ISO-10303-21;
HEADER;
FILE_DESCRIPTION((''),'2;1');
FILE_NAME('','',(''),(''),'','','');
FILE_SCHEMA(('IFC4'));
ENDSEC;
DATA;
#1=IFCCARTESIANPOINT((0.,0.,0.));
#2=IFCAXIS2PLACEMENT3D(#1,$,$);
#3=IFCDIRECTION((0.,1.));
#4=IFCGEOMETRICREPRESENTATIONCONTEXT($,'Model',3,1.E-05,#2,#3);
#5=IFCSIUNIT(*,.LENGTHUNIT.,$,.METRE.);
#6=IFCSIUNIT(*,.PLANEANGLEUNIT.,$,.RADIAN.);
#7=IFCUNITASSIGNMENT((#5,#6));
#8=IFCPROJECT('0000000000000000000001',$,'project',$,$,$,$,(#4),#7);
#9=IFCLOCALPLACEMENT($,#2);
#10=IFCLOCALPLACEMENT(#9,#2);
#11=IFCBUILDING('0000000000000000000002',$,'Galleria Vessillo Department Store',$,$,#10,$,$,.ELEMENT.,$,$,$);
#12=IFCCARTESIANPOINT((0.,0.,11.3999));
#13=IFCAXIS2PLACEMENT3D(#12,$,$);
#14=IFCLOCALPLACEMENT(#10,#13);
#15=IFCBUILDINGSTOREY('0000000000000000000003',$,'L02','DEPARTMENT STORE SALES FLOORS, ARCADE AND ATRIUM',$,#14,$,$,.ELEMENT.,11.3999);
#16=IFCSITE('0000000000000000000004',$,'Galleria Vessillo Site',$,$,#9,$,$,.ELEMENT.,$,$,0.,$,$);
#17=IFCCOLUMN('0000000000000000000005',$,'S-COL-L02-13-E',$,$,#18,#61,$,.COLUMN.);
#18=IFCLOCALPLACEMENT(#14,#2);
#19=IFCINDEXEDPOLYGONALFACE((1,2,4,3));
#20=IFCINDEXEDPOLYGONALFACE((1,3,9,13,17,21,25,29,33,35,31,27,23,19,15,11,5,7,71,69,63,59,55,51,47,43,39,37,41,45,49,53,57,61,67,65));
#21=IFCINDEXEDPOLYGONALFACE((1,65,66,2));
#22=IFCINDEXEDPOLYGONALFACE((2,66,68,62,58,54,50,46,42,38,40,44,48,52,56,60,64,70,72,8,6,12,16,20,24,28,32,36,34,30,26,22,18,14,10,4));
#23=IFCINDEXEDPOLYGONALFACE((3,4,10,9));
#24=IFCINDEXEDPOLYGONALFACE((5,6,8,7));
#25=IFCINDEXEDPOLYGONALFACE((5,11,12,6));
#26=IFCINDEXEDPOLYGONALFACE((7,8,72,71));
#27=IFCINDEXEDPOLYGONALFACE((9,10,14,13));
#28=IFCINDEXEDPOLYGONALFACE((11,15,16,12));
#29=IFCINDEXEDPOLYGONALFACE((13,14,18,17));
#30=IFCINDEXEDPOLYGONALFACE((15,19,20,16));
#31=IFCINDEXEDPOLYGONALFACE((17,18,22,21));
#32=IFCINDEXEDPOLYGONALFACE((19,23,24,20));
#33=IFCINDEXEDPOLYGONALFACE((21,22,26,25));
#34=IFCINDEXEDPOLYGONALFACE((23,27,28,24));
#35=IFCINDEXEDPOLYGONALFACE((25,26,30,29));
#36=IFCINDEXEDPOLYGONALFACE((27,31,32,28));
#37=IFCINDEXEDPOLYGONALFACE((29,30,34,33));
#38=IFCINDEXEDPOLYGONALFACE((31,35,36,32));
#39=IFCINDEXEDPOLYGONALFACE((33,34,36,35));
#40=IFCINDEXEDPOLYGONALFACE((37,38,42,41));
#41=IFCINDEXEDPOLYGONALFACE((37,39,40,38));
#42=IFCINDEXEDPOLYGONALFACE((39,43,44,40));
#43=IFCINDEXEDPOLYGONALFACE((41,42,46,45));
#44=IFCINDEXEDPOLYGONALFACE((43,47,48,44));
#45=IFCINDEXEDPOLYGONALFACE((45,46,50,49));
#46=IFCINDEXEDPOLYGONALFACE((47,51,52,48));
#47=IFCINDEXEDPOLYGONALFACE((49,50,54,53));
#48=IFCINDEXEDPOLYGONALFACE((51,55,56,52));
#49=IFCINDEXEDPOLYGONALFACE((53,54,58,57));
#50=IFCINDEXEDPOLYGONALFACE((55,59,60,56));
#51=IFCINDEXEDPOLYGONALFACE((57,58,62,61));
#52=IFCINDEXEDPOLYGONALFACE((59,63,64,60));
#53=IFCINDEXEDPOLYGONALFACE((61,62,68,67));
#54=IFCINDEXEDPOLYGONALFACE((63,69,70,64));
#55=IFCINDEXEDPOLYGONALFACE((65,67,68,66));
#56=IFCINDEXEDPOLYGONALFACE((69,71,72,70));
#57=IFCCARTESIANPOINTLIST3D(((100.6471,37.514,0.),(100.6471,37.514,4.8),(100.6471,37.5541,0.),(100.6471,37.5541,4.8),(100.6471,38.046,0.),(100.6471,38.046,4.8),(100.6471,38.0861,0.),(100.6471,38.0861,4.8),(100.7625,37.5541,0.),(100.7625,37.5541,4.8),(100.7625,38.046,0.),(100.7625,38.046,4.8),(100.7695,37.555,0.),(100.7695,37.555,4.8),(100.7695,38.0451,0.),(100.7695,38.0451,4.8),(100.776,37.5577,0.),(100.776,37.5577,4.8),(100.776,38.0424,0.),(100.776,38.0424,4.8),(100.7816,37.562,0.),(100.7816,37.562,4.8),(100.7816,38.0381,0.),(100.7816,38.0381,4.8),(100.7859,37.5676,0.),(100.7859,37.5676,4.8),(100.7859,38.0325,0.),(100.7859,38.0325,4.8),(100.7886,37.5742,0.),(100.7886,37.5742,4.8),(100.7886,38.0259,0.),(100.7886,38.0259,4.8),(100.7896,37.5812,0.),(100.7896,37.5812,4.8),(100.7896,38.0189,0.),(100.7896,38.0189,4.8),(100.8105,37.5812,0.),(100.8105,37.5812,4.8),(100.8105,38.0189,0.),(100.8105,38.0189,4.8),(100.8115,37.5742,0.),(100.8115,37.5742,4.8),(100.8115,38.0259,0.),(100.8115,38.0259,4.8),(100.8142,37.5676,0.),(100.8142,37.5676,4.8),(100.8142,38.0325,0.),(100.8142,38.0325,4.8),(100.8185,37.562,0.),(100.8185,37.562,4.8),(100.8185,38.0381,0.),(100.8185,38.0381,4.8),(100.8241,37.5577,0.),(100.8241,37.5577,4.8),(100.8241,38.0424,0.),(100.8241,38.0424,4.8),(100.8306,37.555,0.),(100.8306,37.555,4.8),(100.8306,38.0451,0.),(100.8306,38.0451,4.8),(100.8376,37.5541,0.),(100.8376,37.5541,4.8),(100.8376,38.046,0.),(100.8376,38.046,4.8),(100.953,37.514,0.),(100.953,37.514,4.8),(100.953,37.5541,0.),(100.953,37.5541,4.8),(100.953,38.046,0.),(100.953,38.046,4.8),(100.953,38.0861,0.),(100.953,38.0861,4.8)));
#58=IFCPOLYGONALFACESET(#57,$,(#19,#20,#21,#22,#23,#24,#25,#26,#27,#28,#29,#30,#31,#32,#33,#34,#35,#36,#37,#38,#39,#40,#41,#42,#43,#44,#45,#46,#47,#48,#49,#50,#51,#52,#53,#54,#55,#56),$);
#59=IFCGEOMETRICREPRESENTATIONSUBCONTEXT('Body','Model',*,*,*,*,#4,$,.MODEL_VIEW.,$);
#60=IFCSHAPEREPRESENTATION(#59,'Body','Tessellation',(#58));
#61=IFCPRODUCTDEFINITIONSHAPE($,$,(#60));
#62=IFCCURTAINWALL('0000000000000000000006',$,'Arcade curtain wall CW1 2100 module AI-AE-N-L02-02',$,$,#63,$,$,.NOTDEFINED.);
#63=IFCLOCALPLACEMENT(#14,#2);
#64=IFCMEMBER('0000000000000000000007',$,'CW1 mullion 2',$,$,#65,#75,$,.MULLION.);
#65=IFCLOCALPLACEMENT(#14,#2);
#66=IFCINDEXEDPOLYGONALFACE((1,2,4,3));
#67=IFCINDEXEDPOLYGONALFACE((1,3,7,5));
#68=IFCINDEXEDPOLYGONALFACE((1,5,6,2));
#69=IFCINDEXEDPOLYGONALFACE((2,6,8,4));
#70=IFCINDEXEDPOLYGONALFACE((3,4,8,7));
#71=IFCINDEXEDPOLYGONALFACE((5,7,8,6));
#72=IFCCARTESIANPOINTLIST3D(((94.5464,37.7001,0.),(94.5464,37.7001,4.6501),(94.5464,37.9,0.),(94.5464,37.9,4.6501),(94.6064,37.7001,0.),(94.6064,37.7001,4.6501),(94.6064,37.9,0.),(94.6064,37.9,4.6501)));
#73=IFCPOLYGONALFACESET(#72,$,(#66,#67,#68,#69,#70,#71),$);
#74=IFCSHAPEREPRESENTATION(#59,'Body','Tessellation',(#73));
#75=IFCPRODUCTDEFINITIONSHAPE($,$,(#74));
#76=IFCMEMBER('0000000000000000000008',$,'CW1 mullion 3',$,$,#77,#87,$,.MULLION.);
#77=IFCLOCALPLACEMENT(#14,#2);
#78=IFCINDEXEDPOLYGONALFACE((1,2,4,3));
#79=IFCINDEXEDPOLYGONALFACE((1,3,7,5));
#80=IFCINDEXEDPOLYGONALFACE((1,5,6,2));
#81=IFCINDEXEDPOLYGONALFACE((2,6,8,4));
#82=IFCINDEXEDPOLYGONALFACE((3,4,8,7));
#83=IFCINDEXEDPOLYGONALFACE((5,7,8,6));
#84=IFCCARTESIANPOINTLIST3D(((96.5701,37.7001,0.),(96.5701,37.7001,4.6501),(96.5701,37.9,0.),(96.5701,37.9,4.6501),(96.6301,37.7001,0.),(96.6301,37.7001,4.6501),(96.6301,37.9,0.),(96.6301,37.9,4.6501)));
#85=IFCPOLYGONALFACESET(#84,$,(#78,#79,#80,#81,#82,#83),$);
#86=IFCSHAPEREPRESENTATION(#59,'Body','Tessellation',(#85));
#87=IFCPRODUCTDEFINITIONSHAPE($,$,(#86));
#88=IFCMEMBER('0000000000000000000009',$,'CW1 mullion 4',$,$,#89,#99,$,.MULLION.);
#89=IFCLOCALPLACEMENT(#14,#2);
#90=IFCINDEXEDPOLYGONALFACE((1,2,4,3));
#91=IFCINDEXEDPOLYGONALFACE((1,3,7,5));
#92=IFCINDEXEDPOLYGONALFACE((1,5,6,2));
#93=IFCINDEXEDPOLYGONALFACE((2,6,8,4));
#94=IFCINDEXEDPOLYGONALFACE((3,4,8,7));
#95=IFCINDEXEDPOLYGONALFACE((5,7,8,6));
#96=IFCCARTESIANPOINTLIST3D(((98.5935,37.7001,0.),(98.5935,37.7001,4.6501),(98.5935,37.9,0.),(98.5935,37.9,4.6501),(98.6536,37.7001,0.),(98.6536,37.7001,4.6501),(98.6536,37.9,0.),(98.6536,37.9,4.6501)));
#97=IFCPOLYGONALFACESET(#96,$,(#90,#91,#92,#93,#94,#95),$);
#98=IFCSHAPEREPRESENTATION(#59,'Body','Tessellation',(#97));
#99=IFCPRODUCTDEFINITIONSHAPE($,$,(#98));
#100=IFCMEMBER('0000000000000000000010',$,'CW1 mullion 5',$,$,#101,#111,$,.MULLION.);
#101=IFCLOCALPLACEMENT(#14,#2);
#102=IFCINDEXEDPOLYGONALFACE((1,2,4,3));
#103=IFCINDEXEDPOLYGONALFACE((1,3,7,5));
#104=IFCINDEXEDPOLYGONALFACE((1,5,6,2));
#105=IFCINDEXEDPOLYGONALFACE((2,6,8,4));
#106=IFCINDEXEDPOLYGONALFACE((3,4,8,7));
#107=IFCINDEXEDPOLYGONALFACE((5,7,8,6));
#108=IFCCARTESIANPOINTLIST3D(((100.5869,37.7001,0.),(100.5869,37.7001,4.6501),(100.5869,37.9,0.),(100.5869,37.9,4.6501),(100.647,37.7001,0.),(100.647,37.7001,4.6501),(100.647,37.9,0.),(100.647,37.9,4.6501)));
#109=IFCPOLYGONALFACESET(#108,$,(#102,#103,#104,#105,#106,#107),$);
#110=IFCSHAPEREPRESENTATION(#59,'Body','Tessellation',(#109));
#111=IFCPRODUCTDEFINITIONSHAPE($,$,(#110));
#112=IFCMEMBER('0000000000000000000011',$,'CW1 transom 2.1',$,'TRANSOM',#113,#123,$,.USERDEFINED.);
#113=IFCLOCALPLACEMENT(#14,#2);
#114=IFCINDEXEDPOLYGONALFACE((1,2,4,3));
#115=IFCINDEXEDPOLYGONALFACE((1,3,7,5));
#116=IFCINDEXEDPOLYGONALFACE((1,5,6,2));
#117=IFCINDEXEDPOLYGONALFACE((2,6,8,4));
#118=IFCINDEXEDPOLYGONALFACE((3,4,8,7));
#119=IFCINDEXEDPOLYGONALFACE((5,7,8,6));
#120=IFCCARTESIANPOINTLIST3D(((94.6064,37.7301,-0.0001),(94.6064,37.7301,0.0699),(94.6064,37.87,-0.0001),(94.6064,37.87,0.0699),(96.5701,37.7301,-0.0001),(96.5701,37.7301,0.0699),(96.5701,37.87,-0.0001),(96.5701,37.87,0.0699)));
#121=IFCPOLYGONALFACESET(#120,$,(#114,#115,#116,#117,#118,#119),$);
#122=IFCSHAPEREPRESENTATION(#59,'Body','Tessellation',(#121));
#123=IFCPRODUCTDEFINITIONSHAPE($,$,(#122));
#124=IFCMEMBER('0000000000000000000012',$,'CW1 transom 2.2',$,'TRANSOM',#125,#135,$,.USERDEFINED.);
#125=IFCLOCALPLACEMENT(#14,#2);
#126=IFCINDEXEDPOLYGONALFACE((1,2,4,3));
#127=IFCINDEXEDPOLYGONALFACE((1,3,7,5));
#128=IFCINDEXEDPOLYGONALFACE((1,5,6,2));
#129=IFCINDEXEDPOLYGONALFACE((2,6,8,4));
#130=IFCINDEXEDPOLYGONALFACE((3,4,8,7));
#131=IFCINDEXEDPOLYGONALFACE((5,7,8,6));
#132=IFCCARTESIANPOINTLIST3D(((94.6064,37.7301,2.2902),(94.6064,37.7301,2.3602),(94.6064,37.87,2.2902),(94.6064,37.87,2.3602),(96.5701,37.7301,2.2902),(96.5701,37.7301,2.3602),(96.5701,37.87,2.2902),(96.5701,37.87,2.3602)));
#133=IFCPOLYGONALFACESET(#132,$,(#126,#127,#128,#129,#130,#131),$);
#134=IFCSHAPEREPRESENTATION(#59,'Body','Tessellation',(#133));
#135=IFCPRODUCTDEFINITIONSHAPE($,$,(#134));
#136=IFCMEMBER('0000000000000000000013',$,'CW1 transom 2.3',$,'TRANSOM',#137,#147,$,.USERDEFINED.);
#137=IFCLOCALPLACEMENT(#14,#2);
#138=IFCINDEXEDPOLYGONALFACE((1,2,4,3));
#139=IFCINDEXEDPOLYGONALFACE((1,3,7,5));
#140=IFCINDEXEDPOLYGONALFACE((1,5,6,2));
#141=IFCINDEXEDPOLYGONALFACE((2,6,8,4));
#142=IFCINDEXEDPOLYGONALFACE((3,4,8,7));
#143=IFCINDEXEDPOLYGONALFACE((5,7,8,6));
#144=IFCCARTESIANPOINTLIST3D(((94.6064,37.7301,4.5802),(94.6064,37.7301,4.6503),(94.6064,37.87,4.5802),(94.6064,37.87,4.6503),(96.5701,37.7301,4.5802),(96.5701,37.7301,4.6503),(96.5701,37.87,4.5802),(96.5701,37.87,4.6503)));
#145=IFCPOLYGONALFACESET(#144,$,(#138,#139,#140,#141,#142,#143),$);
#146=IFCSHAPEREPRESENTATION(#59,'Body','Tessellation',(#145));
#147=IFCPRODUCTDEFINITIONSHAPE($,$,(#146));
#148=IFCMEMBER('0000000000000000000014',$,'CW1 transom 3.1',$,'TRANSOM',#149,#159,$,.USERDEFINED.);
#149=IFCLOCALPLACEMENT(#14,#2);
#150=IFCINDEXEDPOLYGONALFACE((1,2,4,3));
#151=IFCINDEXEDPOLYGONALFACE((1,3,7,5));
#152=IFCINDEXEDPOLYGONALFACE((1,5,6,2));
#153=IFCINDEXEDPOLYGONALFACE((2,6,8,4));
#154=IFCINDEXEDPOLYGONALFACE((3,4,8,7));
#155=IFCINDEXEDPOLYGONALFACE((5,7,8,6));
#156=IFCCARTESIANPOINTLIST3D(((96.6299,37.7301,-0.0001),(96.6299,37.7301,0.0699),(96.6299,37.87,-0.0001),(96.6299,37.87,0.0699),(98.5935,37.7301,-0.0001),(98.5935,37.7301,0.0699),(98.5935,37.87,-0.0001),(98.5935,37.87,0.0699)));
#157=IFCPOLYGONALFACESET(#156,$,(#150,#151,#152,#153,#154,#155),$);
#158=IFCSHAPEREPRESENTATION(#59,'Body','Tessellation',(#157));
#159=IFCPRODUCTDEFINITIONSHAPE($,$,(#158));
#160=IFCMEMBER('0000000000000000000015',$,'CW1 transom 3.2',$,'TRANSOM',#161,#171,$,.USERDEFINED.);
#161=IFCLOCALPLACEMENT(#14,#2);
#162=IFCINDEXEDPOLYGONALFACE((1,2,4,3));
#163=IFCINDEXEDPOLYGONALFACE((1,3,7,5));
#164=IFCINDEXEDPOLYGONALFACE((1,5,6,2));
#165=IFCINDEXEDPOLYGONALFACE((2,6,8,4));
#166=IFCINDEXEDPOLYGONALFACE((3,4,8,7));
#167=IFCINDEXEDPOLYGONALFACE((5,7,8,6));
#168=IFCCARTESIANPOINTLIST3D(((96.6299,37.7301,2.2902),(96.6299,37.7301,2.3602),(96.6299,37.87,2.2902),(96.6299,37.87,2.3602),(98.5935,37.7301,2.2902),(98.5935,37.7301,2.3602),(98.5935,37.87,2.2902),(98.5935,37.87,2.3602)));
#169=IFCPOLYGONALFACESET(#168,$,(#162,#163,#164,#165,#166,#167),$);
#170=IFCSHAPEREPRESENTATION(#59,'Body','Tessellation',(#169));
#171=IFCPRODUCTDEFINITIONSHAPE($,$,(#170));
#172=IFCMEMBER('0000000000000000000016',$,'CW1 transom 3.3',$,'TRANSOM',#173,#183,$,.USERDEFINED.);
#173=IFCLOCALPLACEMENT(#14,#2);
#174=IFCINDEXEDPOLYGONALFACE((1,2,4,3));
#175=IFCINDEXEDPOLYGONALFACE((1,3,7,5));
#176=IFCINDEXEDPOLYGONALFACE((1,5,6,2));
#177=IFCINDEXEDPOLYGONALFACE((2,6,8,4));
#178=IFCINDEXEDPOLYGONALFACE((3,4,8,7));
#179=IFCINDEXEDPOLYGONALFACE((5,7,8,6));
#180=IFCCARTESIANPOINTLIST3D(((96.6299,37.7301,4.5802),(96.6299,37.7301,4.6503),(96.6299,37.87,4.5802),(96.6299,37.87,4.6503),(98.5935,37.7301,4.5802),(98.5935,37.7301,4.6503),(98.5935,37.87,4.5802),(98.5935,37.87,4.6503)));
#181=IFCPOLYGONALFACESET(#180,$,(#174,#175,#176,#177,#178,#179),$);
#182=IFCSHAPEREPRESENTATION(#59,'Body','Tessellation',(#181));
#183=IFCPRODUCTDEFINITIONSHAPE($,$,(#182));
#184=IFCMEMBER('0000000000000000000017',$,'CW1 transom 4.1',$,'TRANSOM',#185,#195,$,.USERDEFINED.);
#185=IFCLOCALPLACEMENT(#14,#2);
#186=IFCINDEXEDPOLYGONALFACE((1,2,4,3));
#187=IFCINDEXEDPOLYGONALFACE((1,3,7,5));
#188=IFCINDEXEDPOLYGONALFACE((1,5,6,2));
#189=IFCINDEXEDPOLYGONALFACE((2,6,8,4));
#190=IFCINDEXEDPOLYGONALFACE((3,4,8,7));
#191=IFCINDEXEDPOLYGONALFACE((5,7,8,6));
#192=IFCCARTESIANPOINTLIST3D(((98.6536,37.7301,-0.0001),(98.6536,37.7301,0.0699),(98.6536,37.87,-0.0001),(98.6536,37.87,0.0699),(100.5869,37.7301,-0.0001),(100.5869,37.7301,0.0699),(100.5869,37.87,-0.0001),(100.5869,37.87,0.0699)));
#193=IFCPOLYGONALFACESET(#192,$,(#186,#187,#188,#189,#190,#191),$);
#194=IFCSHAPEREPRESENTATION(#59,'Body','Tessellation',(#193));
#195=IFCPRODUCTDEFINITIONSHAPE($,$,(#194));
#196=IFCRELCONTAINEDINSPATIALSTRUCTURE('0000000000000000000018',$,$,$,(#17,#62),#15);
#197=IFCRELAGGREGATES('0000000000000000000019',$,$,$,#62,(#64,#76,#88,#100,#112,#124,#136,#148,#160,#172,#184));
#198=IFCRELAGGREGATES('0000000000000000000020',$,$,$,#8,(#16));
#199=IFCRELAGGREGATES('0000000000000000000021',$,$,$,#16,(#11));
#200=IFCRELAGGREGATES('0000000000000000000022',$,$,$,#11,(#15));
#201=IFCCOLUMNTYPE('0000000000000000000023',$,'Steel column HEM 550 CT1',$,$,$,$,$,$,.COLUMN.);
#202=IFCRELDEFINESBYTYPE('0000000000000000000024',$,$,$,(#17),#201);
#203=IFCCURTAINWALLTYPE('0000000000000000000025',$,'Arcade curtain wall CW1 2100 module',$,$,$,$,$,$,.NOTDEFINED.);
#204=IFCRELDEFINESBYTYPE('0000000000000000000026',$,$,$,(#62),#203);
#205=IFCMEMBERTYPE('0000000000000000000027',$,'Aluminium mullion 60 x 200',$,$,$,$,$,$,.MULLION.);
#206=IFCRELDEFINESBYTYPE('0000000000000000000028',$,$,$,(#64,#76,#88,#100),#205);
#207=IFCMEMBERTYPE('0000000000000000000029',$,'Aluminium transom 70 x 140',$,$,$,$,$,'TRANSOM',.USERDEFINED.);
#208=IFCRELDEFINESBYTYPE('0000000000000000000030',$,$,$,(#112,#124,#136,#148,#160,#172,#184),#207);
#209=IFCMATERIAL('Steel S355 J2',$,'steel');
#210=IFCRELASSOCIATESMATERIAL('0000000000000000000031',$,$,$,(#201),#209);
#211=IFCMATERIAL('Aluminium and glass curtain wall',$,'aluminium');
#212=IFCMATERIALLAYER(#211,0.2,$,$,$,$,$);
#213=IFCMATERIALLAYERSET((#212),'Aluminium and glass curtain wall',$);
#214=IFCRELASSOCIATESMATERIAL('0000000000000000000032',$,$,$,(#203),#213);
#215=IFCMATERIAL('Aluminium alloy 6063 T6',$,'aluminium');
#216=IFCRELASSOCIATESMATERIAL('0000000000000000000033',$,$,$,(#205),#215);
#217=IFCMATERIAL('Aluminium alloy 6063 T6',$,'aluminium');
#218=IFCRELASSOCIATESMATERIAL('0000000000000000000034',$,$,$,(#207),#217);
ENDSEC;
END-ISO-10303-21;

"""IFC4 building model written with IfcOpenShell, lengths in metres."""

from ifc_helpers import new_model, si_unit, direction, frame, origin, origin_2d, place, context, subcontext, project, spatial, rectangle, i_section, extrude, material, layer, layer_set, material_profile, profile_set, type_object, element, aggregate, save


model = new_model("IFC4")

# Units and contexts
model_context = context("Model", 3, precision=1e-05, world=origin(), true_north=direction((0.0, 1.0)))
body_context = subcontext(model_context, "Body", "Model", "MODEL_VIEW")
ifc_project = project(units=[si_unit("LENGTHUNIT", "METRE"), si_unit("PLANEANGLEUNIT", "RADIAN")], contexts=[model_context])

# Site, building, storey
site_placement = place(None, origin())
site = spatial("IfcSite", under=ifc_project, at=site_placement, Name="Galleria Vessillo Site", CompositionType="ELEMENT", RefElevation=0.0)
building_placement = place(site_placement, origin())
building = spatial("IfcBuilding", under=site, at=building_placement, Name="Galleria Vessillo Department Store", CompositionType="ELEMENT")
storey_placement = place(building_placement, frame((0.0, 0.0, 11.3999)))
storey = spatial("IfcBuildingStorey", under=building, at=storey_placement, Name="L02", Description="DEPARTMENT STORE SALES FLOORS, ARCADE AND ATRIUM", CompositionType="ELEMENT", Elevation=11.3999)

# Column
ifc_material_1 = material(Name="Steel S355 J2", Category="steel")
ifc_material_profile_1 = material_profile(ifc_material_1, i_section(OverallWidth=0.3059, OverallDepth=0.572, WebThickness=0.021, FlangeThickness=0.04, FilletRadius=0.0271, at=origin_2d()), Name="HEM 550")
ifc_profile_set_1 = profile_set([ifc_material_profile_1], Name="Steel S355 J2")
column_type = type_object("IfcColumnType", Name="Steel column HEM 550 CT1", PredefinedType="COLUMN", material=ifc_profile_set_1)
column_placement = place(storey_placement, frame((100.8, 37.8, 0.0), z_axis=(0.0, 0.0, 1.0), x_axis=(1.0, 0.0, 0.0)))
element("IfcColumn", 1, at=column_placement, inside=storey, type_object=column_type, Name="S-COL-L02-13-E", PredefinedType="COLUMN", context=body_context, shape_type="SweptSolid", body=[
    extrude(i_section(OverallWidth=0.3059, OverallDepth=0.572, WebThickness=0.021, FlangeThickness=0.04, FilletRadius=0.0271, at=origin_2d()), origin(), (0.0, 0.0, 1.0), 4.8),
])

# Curtain wall, members
ifc_material_2 = material(Name="Aluminium and glass curtain wall", Category="aluminium")
ifc_layer_1 = layer(ifc_material_2, 0.2)
ifc_layer_set_1 = layer_set([ifc_layer_1], Name="Aluminium and glass curtain wall")
curtain_wall_type = type_object("IfcCurtainWallType", Name="Arcade curtain wall CW1 2100 module", PredefinedType="NOTDEFINED", material=ifc_layer_set_1)
curtain_wall_placement = place(storey_placement, origin())
curtain_wall = element("IfcCurtainWall", 2, at=curtain_wall_placement, inside=storey, type_object=curtain_wall_type, Name="Arcade curtain wall CW1 2100 module AI-AE-N-L02-02", PredefinedType="NOTDEFINED")
ifc_material_3 = material(Name="Aluminium alloy 6063 T6", Category="aluminium")
ifc_material_profile_2 = material_profile(ifc_material_3, rectangle(XDim=0.2, YDim=0.0601, at=origin_2d()), Name="AL 60x200")
ifc_profile_set_2 = profile_set([ifc_material_profile_2], Name="Aluminium alloy 6063 T6")
member_type_1 = type_object("IfcMemberType", Name="Aluminium mullion 60 x 200", PredefinedType="MULLION", material=ifc_profile_set_2)
member_1_placement = place(storey_placement, frame((94.5764, 37.8, 0.0), z_axis=(0.0, 0.0, 1.0), x_axis=(0.0, 1.0, 0.0)))
member_1 = element("IfcMember", 3, at=member_1_placement, type_object=member_type_1, Name="CW1 mullion 2", PredefinedType="MULLION", context=body_context, shape_type="SweptSolid", body=[
    extrude(rectangle(XDim=0.2, YDim=0.0601, at=origin_2d()), origin(), (0.0, 0.0, 1.0), 4.6501),
])
member_2_placement = place(storey_placement, frame((96.6001, 37.8, 0.0), z_axis=(0.0, 0.0, 1.0), x_axis=(0.0, 1.0, 0.0)))
member_2 = element("IfcMember", 4, at=member_2_placement, type_object=member_type_1, Name="CW1 mullion 3", PredefinedType="MULLION", context=body_context, shape_type="SweptSolid", body=[
    extrude(rectangle(XDim=0.2, YDim=0.0601, at=origin_2d()), origin(), (0.0, 0.0, 1.0), 4.6501),
])
member_3_placement = place(storey_placement, frame((98.6235, 37.8, 0.0), z_axis=(0.0, 0.0, 1.0), x_axis=(0.0, 1.0, 0.0)))
member_3 = element("IfcMember", 5, at=member_3_placement, type_object=member_type_1, Name="CW1 mullion 4", PredefinedType="MULLION", context=body_context, shape_type="SweptSolid", body=[
    extrude(rectangle(XDim=0.2, YDim=0.0601, at=origin_2d()), origin(), (0.0, 0.0, 1.0), 4.6501),
])
member_4_placement = place(storey_placement, frame((100.6169, 37.8, 0.0), z_axis=(0.0, 0.0, 1.0), x_axis=(0.0, 1.0, 0.0)))
member_4 = element("IfcMember", 6, at=member_4_placement, type_object=member_type_1, Name="CW1 mullion 5", PredefinedType="MULLION", context=body_context, shape_type="SweptSolid", body=[
    extrude(rectangle(XDim=0.2, YDim=0.0601, at=origin_2d()), origin(), (0.0, 0.0, 1.0), 4.6501),
])
ifc_material_4 = material(Name="Aluminium alloy 6063 T6", Category="aluminium")
ifc_material_profile_3 = material_profile(ifc_material_4, rectangle(XDim=0.1399, YDim=0.0701, at=origin_2d()), Name="AL 70x140")
ifc_profile_set_3 = profile_set([ifc_material_profile_3], Name="Aluminium alloy 6063 T6")
member_type_2 = type_object("IfcMemberType", Name="Aluminium transom 70 x 140", ElementType="TRANSOM", PredefinedType="USERDEFINED", material=ifc_profile_set_3)
member_5_placement = place(storey_placement, frame((94.6064, 37.8, 0.0349), z_axis=(1.0, 0.0, 0.0), x_axis=(0.0, 1.0, 0.0)))
member_5 = element("IfcMember", 7, at=member_5_placement, type_object=member_type_2, Name="CW1 transom 2.1", ObjectType="TRANSOM", PredefinedType="USERDEFINED", context=body_context, shape_type="SweptSolid", body=[
    extrude(rectangle(XDim=0.1399, YDim=0.0701, at=origin_2d()), origin(), (0.0, 0.0, 1.0), 1.9636),
])
member_6_placement = place(storey_placement, frame((94.6064, 37.8, 2.3252), z_axis=(1.0, 0.0, 0.0), x_axis=(0.0, 1.0, 0.0)))
member_6 = element("IfcMember", 8, at=member_6_placement, type_object=member_type_2, Name="CW1 transom 2.2", ObjectType="TRANSOM", PredefinedType="USERDEFINED", context=body_context, shape_type="SweptSolid", body=[
    extrude(rectangle(XDim=0.1399, YDim=0.0701, at=origin_2d()), origin(), (0.0, 0.0, 1.0), 1.9636),
])
member_7_placement = place(storey_placement, frame((94.6064, 37.8, 4.6152), z_axis=(1.0, 0.0, 0.0), x_axis=(0.0, 1.0, 0.0)))
member_7 = element("IfcMember", 9, at=member_7_placement, type_object=member_type_2, Name="CW1 transom 2.3", ObjectType="TRANSOM", PredefinedType="USERDEFINED", context=body_context, shape_type="SweptSolid", body=[
    extrude(rectangle(XDim=0.1399, YDim=0.0701, at=origin_2d()), origin(), (0.0, 0.0, 1.0), 1.9636),
])
member_8_placement = place(storey_placement, frame((96.6299, 37.8, 0.0349), z_axis=(1.0, 0.0, 0.0), x_axis=(0.0, 1.0, 0.0)))
member_8 = element("IfcMember", 10, at=member_8_placement, type_object=member_type_2, Name="CW1 transom 3.1", ObjectType="TRANSOM", PredefinedType="USERDEFINED", context=body_context, shape_type="SweptSolid", body=[
    extrude(rectangle(XDim=0.1399, YDim=0.0701, at=origin_2d()), origin(), (0.0, 0.0, 1.0), 1.9636),
])
member_9_placement = place(storey_placement, frame((96.6299, 37.8, 2.3252), z_axis=(1.0, 0.0, 0.0), x_axis=(0.0, 1.0, 0.0)))
member_9 = element("IfcMember", 11, at=member_9_placement, type_object=member_type_2, Name="CW1 transom 3.2", ObjectType="TRANSOM", PredefinedType="USERDEFINED", context=body_context, shape_type="SweptSolid", body=[
    extrude(rectangle(XDim=0.1399, YDim=0.0701, at=origin_2d()), origin(), (0.0, 0.0, 1.0), 1.9636),
])
member_10_placement = place(storey_placement, frame((96.6299, 37.8, 4.6152), z_axis=(1.0, 0.0, 0.0), x_axis=(0.0, 1.0, 0.0)))
member_10 = element("IfcMember", 12, at=member_10_placement, type_object=member_type_2, Name="CW1 transom 3.3", ObjectType="TRANSOM", PredefinedType="USERDEFINED", context=body_context, shape_type="SweptSolid", body=[
    extrude(rectangle(XDim=0.1399, YDim=0.0701, at=origin_2d()), origin(), (0.0, 0.0, 1.0), 1.9636),
])
member_11_placement = place(storey_placement, frame((98.6536, 37.8, 0.0349), z_axis=(1.0, 0.0, 0.0), x_axis=(0.0, 1.0, 0.0)))
member_11 = element("IfcMember", 13, at=member_11_placement, type_object=member_type_2, Name="CW1 transom 4.1", ObjectType="TRANSOM", PredefinedType="USERDEFINED", context=body_context, shape_type="SweptSolid", body=[
    extrude(rectangle(XDim=0.1399, YDim=0.0701, at=origin_2d()), origin(), (0.0, 0.0, 1.0), 1.9333),
])
aggregate(curtain_wall, [member_1, member_2, member_3, member_4, member_5, member_6, member_7, member_8, member_9, member_10, member_11])

save(model, "model.ifc")
